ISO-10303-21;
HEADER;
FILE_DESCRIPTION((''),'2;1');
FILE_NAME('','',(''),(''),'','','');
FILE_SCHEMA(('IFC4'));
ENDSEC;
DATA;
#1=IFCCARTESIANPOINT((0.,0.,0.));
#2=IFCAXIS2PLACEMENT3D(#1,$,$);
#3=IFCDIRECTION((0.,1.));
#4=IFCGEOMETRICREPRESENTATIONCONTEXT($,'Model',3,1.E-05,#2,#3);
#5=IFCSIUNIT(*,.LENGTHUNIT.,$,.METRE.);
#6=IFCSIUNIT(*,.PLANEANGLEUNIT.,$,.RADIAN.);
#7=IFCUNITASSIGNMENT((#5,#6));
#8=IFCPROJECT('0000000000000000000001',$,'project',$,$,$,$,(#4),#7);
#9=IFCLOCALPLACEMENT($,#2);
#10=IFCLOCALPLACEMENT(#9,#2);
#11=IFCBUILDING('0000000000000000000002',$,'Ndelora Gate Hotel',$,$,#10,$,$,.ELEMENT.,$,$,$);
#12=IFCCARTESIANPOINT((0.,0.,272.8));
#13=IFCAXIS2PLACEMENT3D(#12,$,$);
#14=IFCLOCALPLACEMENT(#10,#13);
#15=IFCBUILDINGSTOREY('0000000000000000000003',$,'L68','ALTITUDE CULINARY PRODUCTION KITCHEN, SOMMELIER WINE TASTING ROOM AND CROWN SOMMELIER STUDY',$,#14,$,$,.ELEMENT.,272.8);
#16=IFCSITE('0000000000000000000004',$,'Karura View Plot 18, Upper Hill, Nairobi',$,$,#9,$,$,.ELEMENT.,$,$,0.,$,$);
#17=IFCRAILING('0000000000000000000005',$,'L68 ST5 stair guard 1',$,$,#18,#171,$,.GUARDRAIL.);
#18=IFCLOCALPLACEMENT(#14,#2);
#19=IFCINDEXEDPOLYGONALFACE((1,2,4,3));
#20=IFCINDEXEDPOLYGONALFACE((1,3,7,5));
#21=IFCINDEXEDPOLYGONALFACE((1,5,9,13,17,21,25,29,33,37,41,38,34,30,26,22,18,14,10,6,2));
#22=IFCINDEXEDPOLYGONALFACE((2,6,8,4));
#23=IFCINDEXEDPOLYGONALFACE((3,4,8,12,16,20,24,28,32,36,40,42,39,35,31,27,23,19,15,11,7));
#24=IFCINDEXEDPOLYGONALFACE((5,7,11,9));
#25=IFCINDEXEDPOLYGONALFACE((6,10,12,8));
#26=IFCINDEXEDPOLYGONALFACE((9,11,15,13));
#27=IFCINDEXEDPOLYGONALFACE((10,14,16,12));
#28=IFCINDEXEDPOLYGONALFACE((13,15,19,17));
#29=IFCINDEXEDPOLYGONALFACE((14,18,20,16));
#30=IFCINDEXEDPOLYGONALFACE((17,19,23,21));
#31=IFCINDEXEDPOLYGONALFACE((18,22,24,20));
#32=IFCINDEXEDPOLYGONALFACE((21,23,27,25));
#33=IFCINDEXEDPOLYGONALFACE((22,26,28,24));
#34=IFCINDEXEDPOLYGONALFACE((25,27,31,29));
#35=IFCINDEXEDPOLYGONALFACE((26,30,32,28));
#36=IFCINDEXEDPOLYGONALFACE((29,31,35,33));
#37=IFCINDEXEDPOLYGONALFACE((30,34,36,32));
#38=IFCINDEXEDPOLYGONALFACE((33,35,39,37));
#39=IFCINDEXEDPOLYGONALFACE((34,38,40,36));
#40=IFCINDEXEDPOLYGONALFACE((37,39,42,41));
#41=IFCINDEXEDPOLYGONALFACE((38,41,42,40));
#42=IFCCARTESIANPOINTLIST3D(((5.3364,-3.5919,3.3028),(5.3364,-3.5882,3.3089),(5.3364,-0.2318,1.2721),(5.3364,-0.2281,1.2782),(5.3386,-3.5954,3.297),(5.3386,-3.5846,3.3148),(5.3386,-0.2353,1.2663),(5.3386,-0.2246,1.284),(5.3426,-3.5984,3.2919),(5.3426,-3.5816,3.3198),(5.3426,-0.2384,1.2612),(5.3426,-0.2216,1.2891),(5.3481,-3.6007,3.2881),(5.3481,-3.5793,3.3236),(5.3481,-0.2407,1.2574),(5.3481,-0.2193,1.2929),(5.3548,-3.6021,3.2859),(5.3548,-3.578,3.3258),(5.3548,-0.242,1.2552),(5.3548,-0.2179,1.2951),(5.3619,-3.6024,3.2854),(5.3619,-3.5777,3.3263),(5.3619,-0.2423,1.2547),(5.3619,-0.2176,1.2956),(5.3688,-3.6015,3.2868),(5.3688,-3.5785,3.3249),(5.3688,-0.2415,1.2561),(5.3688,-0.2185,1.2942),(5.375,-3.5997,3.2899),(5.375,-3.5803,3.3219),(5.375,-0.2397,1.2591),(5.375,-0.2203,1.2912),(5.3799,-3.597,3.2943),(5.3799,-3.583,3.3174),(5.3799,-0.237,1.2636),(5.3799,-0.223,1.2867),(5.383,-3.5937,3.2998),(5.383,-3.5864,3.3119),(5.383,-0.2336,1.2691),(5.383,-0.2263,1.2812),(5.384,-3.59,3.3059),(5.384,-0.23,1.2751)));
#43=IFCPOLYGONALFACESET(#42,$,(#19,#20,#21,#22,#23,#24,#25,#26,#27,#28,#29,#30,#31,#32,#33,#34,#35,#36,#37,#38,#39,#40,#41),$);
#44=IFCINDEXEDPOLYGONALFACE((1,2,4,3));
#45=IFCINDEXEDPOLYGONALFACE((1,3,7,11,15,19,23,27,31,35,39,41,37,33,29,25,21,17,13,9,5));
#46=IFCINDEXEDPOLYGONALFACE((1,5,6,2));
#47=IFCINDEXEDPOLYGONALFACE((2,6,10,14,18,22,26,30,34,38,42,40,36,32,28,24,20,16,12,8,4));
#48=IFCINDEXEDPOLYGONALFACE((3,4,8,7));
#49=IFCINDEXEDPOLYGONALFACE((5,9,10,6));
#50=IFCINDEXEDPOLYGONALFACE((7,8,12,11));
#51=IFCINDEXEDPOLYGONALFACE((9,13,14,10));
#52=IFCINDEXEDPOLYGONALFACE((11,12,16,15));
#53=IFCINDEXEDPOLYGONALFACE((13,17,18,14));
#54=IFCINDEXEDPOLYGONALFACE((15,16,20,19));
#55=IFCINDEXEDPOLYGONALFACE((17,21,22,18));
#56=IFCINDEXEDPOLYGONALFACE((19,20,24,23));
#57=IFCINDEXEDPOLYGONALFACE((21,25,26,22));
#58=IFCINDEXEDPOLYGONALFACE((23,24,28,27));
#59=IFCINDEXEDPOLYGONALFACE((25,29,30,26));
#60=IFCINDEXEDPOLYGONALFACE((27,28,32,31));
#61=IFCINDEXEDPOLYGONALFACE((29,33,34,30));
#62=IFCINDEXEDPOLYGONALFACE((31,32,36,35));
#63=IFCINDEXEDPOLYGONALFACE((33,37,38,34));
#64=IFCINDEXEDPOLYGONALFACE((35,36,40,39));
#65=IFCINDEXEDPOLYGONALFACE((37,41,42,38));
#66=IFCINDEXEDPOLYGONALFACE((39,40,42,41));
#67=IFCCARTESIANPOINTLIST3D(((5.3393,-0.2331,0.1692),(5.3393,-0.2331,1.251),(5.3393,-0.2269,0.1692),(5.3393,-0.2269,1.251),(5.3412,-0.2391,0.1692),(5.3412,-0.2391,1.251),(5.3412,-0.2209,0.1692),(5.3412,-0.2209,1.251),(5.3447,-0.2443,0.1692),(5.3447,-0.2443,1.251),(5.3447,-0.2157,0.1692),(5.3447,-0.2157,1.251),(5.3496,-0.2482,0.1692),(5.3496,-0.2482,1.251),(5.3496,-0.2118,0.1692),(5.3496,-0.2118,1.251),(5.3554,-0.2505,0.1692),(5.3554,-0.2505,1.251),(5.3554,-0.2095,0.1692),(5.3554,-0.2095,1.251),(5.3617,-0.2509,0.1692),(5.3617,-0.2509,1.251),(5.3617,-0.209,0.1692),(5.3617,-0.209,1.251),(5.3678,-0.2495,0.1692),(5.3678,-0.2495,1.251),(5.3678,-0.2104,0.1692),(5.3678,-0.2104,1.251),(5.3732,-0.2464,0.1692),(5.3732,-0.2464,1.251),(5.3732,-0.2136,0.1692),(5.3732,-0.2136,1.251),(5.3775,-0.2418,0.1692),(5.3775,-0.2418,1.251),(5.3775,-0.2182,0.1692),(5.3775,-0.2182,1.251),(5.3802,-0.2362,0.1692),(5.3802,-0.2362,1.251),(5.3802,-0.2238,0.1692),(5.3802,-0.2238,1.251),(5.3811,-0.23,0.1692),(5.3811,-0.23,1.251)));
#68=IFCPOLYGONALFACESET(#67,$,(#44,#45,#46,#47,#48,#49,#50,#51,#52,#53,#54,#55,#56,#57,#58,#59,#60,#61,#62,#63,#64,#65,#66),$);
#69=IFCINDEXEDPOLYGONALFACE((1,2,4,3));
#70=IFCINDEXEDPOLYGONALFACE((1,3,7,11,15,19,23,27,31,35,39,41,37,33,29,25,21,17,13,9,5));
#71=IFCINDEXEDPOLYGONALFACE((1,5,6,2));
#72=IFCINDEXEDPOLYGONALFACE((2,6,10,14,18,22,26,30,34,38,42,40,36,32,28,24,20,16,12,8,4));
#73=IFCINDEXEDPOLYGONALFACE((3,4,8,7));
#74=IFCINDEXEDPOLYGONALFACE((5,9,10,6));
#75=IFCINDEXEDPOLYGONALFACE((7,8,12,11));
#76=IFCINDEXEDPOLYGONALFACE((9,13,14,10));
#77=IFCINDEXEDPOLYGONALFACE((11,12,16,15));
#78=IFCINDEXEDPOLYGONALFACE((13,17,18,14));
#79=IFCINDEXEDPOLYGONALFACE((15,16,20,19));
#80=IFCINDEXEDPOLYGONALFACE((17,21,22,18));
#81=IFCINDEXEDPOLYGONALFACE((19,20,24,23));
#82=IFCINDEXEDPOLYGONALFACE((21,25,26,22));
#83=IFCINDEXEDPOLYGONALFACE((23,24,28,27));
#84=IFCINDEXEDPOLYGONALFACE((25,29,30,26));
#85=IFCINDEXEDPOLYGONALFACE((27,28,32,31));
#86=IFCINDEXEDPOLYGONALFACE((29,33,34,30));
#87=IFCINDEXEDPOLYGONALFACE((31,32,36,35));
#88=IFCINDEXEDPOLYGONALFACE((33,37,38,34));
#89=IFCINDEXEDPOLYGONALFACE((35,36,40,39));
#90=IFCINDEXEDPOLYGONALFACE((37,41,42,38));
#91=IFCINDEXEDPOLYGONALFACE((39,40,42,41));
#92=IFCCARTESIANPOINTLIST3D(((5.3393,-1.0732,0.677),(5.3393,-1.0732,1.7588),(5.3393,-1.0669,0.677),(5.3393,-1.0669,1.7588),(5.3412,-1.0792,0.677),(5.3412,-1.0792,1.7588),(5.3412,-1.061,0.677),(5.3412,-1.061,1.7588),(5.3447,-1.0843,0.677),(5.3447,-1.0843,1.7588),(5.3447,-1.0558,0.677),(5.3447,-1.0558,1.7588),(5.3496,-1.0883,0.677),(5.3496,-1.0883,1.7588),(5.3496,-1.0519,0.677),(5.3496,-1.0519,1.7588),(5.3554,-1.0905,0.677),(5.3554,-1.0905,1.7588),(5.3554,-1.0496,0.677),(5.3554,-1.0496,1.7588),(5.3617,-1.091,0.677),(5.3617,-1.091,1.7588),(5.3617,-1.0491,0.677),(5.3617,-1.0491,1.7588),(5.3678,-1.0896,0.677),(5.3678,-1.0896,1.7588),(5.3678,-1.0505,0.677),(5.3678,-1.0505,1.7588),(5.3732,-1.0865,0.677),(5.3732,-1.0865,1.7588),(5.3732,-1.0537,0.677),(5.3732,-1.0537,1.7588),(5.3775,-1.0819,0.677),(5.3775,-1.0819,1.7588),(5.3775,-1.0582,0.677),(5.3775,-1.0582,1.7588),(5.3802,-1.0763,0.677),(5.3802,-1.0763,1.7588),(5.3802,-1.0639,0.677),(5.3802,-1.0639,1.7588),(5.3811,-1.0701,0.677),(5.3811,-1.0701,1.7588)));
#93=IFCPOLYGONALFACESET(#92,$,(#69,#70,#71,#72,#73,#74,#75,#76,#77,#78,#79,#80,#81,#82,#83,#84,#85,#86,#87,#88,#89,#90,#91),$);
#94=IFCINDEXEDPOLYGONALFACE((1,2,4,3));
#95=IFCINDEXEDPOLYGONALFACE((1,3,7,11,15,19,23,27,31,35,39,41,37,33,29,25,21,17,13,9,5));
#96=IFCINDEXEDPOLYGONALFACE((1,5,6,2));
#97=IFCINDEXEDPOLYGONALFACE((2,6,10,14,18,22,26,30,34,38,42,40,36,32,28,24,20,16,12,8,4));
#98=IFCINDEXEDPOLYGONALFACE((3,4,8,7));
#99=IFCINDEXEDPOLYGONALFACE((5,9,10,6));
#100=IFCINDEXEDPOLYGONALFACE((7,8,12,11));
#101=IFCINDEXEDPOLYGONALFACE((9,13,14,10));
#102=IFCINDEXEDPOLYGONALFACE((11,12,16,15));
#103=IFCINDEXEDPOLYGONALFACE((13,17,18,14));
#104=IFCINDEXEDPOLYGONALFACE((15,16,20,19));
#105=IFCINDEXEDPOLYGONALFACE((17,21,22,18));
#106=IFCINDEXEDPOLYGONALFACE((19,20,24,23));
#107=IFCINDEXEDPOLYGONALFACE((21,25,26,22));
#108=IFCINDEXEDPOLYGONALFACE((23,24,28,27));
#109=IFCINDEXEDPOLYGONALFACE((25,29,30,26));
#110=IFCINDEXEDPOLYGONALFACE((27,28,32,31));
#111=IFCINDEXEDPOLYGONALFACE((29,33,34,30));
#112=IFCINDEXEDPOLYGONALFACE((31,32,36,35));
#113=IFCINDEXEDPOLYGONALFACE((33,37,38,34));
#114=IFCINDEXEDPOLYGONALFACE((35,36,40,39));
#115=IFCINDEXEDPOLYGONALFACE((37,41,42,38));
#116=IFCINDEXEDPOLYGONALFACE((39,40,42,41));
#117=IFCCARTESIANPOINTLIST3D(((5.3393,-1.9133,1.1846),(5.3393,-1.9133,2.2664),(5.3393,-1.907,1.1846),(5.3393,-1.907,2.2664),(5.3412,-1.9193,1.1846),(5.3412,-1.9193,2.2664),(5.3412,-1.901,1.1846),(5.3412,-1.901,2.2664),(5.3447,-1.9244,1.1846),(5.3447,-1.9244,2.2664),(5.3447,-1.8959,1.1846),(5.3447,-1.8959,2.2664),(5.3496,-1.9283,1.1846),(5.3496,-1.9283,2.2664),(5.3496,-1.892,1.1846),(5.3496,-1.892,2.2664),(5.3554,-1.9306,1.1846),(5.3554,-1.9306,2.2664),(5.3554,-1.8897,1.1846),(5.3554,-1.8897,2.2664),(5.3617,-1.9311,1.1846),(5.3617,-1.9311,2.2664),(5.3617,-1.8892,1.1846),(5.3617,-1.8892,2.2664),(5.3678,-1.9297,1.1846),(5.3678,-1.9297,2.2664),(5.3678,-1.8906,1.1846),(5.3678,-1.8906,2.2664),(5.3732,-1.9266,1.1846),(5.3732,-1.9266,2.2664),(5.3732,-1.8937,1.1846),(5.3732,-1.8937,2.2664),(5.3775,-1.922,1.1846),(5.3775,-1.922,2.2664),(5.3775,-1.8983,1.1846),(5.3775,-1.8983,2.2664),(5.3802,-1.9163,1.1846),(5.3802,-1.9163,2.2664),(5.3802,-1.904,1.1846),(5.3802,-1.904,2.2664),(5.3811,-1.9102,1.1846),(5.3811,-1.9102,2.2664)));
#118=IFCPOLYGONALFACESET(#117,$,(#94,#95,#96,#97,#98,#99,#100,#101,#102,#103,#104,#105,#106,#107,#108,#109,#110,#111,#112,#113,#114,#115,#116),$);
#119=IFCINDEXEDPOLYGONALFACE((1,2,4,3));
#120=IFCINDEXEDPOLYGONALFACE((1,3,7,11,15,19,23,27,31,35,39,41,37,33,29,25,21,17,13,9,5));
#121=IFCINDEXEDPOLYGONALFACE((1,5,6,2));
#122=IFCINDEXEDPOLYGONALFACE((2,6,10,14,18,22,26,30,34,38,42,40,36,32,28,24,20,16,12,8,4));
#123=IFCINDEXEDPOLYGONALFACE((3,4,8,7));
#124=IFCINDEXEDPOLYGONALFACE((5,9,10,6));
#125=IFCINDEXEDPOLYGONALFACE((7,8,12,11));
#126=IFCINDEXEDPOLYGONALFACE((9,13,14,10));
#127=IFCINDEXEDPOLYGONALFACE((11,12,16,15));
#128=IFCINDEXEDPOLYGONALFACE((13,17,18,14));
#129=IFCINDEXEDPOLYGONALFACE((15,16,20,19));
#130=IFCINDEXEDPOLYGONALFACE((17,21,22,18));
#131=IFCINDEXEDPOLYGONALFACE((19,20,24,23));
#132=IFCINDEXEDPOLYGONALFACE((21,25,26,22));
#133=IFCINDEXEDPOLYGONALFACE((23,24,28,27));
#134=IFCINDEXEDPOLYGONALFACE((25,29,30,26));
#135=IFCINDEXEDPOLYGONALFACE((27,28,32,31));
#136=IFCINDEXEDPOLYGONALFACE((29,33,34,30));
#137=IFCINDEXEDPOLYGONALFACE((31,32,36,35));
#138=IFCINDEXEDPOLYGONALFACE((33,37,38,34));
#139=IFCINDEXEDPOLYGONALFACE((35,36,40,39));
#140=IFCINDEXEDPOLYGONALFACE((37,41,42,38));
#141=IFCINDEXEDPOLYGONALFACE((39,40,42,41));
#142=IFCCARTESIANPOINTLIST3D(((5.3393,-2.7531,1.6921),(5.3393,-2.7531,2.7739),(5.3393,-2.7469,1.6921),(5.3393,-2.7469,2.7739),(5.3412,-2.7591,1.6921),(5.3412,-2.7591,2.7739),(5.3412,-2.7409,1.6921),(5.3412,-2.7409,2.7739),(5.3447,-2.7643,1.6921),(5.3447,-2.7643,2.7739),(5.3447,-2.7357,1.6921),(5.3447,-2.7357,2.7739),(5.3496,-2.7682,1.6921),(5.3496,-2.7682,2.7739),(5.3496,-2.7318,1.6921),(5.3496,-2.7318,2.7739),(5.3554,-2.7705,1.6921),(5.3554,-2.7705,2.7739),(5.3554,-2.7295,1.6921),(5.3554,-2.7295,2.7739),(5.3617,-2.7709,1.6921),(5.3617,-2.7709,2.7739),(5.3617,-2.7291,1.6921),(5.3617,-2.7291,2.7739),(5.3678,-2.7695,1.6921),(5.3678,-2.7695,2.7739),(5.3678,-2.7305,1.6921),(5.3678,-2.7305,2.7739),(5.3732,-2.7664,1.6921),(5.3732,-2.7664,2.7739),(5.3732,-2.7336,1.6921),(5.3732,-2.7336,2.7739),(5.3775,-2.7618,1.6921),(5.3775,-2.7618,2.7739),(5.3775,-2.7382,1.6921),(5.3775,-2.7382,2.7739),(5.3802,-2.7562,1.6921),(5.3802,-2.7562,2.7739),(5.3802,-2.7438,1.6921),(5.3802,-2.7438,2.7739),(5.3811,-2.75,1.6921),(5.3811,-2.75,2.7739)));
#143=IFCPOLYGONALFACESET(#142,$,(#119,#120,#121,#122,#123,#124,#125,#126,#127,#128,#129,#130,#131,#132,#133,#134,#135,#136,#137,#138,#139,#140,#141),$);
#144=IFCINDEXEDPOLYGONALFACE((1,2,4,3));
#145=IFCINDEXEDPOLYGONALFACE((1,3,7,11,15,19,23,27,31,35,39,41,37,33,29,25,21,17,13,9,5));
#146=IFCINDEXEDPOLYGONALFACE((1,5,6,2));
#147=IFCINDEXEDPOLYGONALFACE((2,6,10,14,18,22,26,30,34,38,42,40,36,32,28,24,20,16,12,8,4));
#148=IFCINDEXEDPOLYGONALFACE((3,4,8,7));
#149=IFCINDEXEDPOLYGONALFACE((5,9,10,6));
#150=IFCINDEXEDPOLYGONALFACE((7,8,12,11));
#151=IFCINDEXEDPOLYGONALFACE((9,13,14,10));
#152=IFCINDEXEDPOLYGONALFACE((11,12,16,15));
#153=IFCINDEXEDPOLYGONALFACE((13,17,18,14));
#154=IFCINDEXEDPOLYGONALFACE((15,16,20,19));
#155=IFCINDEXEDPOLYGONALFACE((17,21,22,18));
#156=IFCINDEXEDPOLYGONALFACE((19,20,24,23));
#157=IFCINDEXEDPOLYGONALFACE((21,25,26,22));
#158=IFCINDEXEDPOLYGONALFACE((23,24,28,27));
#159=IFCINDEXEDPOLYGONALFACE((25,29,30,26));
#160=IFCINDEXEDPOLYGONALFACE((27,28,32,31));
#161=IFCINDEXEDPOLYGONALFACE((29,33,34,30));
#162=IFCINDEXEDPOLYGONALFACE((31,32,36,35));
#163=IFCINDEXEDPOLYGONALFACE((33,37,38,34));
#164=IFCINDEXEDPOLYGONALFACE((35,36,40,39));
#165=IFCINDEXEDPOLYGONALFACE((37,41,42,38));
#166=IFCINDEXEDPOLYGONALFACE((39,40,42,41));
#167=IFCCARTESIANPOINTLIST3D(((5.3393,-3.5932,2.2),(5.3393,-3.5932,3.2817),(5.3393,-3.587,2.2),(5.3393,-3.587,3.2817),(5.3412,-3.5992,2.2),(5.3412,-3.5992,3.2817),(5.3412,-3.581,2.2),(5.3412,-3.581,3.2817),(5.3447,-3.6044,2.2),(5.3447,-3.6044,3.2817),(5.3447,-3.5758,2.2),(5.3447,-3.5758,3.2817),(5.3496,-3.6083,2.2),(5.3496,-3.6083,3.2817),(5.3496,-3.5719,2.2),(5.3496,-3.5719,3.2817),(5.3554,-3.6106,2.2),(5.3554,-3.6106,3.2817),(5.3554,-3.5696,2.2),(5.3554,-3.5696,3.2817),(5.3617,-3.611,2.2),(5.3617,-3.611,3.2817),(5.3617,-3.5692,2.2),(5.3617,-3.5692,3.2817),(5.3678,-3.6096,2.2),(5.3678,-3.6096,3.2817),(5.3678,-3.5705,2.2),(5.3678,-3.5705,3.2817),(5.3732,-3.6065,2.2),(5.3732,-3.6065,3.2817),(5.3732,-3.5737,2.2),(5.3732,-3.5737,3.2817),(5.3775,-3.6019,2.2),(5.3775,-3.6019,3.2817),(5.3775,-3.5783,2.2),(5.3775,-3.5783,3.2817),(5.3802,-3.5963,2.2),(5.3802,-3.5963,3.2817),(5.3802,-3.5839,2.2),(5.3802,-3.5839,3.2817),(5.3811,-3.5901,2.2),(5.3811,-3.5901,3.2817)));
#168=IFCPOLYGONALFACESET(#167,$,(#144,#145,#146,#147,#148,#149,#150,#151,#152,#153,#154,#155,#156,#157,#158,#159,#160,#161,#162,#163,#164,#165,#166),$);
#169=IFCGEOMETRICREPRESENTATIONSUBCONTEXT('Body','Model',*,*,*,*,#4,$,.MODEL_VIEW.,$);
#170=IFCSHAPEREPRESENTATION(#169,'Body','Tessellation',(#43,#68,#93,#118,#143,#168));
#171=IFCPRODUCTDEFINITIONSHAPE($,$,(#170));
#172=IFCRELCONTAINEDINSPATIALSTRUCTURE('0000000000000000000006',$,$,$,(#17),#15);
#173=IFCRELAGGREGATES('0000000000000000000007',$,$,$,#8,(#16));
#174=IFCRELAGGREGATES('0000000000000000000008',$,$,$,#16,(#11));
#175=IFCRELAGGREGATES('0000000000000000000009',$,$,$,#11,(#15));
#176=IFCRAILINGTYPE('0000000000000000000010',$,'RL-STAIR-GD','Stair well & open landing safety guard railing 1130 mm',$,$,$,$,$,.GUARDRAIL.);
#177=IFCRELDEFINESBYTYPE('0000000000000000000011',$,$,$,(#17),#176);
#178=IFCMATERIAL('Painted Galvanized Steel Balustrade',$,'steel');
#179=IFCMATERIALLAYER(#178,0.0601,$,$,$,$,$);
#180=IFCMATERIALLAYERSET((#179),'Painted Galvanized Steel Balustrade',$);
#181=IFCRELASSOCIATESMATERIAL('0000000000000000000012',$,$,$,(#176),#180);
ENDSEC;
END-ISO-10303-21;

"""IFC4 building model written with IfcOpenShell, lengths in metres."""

from ifc_helpers import new_model, si_unit, direction, frame, origin, origin_2d, place, context, subcontext, project, spatial, circle, extrude, material, layer, layer_set, type_object, element, save


model = new_model("IFC4")

# Units and contexts
model_context = context("Model", 3, precision=1e-05, world=origin(), true_north=direction((0.0, 1.0)))
body_context = subcontext(model_context, "Body", "Model", "MODEL_VIEW")
ifc_project = project(units=[si_unit("LENGTHUNIT", "METRE"), si_unit("PLANEANGLEUNIT", "RADIAN")], contexts=[model_context])

# Site, building, storey
site_placement = place(None, origin())
site = spatial("IfcSite", under=ifc_project, at=site_placement, Name="Karura View Plot 18, Upper Hill, Nairobi", CompositionType="ELEMENT", RefElevation=0.0)
building_placement = place(site_placement, origin())
building = spatial("IfcBuilding", under=site, at=building_placement, Name="Ndelora Gate Hotel", CompositionType="ELEMENT")
storey_placement = place(building_placement, frame((0.0, 0.0, 272.8)))
storey = spatial("IfcBuildingStorey", under=building, at=storey_placement, Name="L68", Description="ALTITUDE CULINARY PRODUCTION KITCHEN, SOMMELIER WINE TASTING ROOM AND CROWN SOMMELIER STUDY", CompositionType="ELEMENT", Elevation=272.8)

# Railing
ifc_material_1 = material(Name="Painted Galvanized Steel Balustrade", Category="steel")
ifc_layer_1 = layer(ifc_material_1, 0.0601)
ifc_layer_set_1 = layer_set([ifc_layer_1], Name="Painted Galvanized Steel Balustrade")
railing_type = type_object("IfcRailingType", Name="RL-STAIR-GD", Description="Stair well & open landing safety guard railing 1130 mm", PredefinedType="GUARDRAIL", material=ifc_layer_set_1)
railing_1_placement = place(storey_placement, frame((5.3601, -0.23, 0.1692)))
element("IfcRailing", 1, at=railing_1_placement, inside=storey, type_object=railing_type, Name="L68 ST5 stair guard 1", PredefinedType="GUARDRAIL", context=body_context, shape_type="SweptSolid", body=[
    extrude(circle(Radius=0.0239, at=origin_2d()), frame((0.0, 0.0, 1.106), z_axis=(0.0, -0.855837, 0.517246), x_axis=(1.0, 0.0, 0.0)), (0.0, 0.0, 1.0), 3.926),
    extrude(circle(Radius=0.021, at=origin_2d()), origin(), (0.0, 0.0, 1.0), 1.0818),
    extrude(circle(Radius=0.021, at=origin_2d()), frame((0.0, -0.8401, 0.5078)), (0.0, 0.0, 1.0), 1.0818),
    extrude(circle(Radius=0.021, at=origin_2d()), frame((0.0, -1.6802, 1.0154)), (0.0, 0.0, 1.0), 1.0818),
    extrude(circle(Radius=0.021, at=origin_2d()), frame((0.0, -2.52, 1.5229)), (0.0, 0.0, 1.0), 1.0818),
    extrude(circle(Radius=0.021, at=origin_2d()), frame((0.0, -3.3601, 2.0308)), (0.0, 0.0, 1.0), 1.0818),
])

save(model, "model.ifc")
